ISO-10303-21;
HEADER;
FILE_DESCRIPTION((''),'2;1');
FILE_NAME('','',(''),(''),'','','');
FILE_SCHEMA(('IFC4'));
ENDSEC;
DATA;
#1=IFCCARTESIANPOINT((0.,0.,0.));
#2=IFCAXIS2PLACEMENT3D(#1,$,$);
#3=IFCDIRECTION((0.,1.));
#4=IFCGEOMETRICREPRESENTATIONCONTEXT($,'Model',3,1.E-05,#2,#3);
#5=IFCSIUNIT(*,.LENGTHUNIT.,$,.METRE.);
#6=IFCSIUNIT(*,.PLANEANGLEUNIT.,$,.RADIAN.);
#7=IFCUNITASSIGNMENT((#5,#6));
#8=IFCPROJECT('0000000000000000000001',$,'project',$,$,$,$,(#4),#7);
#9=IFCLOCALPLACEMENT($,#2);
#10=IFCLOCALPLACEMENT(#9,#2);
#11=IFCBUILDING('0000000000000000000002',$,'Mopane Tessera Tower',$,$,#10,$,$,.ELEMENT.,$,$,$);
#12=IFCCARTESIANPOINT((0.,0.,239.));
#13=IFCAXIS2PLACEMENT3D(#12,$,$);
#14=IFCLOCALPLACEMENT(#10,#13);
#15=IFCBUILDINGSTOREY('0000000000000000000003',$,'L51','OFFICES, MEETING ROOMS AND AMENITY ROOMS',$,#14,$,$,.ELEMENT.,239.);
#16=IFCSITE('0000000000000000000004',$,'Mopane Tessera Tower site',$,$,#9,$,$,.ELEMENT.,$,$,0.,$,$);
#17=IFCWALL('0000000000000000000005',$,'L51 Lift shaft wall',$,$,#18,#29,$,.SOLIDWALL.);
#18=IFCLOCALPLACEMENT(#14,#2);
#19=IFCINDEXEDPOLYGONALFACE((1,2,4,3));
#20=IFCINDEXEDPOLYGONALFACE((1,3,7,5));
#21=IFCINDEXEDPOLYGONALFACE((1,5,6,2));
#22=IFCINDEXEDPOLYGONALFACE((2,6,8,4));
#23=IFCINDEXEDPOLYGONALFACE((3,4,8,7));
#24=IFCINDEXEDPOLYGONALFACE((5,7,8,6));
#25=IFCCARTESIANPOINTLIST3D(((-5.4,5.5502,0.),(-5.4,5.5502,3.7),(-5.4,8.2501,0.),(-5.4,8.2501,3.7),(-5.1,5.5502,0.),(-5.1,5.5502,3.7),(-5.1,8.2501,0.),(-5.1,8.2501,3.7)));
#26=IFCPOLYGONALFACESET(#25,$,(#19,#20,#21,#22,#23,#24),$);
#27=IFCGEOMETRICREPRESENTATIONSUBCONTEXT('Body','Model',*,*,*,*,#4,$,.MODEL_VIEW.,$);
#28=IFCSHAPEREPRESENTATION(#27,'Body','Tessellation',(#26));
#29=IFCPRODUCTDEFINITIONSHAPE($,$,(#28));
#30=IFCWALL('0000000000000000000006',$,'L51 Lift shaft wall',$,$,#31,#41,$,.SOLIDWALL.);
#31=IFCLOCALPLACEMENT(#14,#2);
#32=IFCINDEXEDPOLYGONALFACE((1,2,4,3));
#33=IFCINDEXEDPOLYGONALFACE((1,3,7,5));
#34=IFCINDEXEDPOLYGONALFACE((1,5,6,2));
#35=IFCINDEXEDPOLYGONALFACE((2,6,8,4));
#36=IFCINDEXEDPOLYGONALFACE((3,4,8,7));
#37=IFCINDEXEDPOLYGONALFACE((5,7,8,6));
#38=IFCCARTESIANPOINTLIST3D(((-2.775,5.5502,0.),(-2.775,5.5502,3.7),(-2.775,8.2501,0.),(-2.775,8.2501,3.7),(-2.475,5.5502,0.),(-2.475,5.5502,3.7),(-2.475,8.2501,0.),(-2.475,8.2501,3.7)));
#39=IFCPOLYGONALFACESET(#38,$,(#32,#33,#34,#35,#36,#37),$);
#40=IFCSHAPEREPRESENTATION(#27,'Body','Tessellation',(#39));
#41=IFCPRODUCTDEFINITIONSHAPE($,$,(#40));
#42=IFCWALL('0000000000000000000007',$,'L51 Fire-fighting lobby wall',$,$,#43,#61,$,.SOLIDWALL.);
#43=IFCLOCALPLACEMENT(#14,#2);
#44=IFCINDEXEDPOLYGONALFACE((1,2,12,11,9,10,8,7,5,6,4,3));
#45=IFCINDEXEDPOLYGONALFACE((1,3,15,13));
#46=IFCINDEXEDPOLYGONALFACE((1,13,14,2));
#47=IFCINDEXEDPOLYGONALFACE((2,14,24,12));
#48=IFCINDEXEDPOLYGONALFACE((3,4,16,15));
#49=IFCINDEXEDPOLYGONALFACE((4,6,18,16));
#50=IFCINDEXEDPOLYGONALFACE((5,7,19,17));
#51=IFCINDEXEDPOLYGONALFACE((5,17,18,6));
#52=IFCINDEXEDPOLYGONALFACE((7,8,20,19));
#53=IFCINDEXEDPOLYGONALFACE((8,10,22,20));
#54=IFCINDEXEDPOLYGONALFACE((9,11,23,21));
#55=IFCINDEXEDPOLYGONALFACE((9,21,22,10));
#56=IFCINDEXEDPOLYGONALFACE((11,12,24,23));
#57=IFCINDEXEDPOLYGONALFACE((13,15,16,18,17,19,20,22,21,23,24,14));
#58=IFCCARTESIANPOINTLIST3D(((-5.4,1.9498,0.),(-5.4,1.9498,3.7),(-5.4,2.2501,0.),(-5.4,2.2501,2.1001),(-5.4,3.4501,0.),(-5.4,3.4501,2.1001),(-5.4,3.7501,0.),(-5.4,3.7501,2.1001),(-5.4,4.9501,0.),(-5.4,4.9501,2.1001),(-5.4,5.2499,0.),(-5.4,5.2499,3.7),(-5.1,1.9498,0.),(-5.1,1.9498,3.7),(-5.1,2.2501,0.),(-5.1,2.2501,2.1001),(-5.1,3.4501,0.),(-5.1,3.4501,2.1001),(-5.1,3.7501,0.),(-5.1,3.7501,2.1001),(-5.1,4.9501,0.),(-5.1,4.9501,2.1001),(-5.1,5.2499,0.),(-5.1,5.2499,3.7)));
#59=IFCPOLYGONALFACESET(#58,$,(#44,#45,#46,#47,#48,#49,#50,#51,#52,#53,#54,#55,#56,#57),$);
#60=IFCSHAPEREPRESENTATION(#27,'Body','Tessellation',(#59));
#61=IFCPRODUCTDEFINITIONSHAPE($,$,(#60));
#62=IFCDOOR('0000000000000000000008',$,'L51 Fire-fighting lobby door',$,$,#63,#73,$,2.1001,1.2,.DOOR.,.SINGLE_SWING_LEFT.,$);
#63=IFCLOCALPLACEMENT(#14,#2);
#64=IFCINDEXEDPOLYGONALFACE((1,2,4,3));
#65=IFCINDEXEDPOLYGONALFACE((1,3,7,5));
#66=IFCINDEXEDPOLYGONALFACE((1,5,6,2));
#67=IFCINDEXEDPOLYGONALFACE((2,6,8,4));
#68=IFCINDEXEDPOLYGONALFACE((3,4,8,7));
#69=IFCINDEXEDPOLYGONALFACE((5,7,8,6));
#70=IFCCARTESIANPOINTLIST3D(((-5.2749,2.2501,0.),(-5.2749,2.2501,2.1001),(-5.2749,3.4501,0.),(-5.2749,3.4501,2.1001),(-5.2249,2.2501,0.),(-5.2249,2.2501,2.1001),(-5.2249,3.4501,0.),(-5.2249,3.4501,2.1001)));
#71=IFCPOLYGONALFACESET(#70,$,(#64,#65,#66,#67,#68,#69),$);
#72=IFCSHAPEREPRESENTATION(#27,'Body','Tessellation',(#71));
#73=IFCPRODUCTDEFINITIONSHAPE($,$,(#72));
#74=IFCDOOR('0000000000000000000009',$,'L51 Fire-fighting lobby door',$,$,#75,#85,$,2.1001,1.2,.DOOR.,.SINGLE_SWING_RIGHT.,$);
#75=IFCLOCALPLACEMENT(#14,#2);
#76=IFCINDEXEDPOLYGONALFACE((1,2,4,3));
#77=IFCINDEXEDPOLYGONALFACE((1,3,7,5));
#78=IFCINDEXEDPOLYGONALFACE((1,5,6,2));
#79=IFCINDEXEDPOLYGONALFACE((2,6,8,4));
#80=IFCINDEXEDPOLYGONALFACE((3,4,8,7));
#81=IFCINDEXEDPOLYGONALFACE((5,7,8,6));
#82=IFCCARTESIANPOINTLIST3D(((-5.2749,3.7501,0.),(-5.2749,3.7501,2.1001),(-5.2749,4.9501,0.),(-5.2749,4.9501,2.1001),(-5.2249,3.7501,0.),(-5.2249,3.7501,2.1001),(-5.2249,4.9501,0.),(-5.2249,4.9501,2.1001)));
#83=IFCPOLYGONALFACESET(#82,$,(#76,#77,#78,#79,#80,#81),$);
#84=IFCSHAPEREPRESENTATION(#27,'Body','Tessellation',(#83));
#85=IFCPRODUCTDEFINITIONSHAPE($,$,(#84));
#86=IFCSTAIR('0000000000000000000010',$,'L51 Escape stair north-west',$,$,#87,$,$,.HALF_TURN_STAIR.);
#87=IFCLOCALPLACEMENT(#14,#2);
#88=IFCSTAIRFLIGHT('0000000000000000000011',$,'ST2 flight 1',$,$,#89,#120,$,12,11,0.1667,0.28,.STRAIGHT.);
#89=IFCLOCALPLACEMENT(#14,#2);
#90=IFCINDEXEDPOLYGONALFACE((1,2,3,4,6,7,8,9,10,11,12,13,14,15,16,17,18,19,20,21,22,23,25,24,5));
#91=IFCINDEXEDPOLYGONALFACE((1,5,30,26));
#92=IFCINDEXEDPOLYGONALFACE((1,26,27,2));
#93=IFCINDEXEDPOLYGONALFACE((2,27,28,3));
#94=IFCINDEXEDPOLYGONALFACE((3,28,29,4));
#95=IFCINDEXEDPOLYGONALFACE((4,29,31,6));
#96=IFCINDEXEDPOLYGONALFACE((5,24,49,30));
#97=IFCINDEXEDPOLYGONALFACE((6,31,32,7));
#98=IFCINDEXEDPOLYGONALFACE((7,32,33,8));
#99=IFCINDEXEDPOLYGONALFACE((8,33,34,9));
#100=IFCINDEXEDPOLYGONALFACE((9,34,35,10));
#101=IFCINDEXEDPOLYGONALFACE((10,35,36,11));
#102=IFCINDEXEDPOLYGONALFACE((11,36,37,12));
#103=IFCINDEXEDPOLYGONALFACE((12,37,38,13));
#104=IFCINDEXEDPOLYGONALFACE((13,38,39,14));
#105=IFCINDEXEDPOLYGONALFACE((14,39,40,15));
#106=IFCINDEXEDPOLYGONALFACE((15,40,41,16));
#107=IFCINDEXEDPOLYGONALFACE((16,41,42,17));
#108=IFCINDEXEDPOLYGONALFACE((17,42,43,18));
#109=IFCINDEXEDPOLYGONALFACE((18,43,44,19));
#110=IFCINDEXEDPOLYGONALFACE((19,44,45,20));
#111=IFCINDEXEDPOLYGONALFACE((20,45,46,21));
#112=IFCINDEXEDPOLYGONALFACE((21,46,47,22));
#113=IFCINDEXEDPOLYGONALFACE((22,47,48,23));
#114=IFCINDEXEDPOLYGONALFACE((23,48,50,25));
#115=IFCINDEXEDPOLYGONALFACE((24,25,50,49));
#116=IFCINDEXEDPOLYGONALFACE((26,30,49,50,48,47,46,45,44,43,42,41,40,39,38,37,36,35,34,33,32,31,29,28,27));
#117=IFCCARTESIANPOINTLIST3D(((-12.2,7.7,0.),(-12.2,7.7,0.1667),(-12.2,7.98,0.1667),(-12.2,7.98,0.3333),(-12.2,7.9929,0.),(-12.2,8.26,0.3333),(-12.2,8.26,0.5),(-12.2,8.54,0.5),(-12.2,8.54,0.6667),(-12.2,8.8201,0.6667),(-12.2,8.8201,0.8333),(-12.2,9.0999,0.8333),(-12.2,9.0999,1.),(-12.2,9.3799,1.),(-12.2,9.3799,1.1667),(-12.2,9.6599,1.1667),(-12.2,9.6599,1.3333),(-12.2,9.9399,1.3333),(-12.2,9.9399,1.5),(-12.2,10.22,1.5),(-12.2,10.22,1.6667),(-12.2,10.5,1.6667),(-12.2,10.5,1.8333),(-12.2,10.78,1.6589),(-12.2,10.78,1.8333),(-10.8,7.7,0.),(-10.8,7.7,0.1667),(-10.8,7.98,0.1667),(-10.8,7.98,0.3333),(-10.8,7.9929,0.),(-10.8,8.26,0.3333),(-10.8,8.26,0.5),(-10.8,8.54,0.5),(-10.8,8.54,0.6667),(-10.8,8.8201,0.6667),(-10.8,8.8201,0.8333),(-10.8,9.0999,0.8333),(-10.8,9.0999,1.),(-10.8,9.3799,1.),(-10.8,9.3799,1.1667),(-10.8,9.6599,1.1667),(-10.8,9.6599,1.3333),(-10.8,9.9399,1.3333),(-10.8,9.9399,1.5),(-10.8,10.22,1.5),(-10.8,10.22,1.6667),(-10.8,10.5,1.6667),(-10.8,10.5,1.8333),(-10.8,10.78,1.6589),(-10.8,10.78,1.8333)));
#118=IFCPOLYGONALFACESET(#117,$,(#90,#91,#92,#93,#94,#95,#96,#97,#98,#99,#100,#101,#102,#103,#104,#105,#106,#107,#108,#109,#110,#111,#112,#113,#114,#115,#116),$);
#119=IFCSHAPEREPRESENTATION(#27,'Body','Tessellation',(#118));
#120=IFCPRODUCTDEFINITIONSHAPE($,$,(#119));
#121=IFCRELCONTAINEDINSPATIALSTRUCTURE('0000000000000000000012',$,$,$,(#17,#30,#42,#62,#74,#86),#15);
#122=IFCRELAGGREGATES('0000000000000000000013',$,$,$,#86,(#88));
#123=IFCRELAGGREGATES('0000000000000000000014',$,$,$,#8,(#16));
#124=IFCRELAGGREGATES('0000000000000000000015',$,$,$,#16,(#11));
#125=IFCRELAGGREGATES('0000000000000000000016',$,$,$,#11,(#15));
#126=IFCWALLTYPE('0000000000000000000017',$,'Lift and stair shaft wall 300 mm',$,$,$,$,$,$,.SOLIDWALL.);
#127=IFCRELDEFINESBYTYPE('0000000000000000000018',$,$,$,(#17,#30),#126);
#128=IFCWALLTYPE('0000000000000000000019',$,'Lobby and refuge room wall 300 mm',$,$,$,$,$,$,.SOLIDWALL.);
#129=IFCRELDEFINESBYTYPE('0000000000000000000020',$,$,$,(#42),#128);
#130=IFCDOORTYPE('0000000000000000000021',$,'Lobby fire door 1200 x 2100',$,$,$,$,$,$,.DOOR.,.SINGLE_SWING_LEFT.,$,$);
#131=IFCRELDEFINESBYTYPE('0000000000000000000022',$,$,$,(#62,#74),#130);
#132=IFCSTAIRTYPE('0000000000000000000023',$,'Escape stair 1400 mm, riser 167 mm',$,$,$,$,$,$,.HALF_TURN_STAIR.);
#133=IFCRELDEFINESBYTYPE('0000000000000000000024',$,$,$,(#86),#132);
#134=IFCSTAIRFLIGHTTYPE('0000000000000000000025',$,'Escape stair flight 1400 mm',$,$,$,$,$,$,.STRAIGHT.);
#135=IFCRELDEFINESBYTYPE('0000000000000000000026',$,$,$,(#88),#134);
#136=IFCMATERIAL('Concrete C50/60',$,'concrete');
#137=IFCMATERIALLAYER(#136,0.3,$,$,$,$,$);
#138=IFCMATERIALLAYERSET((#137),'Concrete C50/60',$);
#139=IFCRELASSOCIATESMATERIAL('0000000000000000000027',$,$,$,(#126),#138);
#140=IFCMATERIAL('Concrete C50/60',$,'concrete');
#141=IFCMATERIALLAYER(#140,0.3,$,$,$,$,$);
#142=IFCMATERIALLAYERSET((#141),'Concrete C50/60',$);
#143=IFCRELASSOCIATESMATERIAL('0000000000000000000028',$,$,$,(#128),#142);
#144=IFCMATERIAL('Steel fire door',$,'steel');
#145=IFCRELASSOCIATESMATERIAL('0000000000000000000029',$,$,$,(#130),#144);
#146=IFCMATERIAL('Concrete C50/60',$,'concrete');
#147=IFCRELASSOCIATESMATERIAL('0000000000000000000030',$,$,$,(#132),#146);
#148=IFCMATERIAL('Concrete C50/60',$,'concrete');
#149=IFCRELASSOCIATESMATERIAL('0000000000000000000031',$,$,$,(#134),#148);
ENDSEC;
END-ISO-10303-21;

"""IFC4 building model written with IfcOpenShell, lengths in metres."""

from ifc_helpers import new_model, si_unit, direction, frame, frame_2d, origin, place, context, subcontext, project, spatial, polyline, rectangle, outline, extrude, material, layer, layer_set, type_object, element, fill, aggregate, save


model = new_model("IFC4")

# Units and contexts
model_context = context("Model", 3, precision=1e-05, world=origin(), true_north=direction((0.0, 1.0)))
body_context = subcontext(model_context, "Body", "Model", "MODEL_VIEW")
ifc_project = project(units=[si_unit("LENGTHUNIT", "METRE"), si_unit("PLANEANGLEUNIT", "RADIAN")], contexts=[model_context])

# Site, building, storey
site_placement = place(None, origin())
site = spatial("IfcSite", under=ifc_project, at=site_placement, Name="Mopane Tessera Tower site", CompositionType="ELEMENT", RefElevation=0.0)
building_placement = place(site_placement, origin())
building = spatial("IfcBuilding", under=site, at=building_placement, Name="Mopane Tessera Tower", CompositionType="ELEMENT")
storey_placement = place(building_placement, frame((0.0, 0.0, 239.0)))
storey = spatial("IfcBuildingStorey", under=building, at=storey_placement, Name="L51", Description="OFFICES, MEETING ROOMS AND AMENITY ROOMS", CompositionType="ELEMENT", Elevation=239.0)

# Shared definitions
ifc_material_1 = material(Name="Concrete C50/60", Category="concrete")
ifc_layer_1 = layer(ifc_material_1, 0.3)
ifc_layer_set_1 = layer_set([ifc_layer_1], Name="Concrete C50/60")
wall_type_1 = type_object("IfcWallType", Name="Lift and stair shaft wall 300 mm", PredefinedType="SOLIDWALL", material=ifc_layer_set_1)

# Walls
for number, where, z_axis, x_axis, name in (
    (1, (-5.25, 5.55, 0.0), (0.0, 0.0, 1.0), (0.0, 1.0, 0.0), "L51 Lift shaft wall"),
    (2, (-2.625, 5.55, 0.0), (0.0, 0.0, 1.0), (0.0, 1.0, 0.0), "L51 Lift shaft wall"),
):
    element("IfcWall", number, at=place(storey_placement, frame(where, z_axis=z_axis, x_axis=x_axis)), inside=storey, type_object=wall_type_1, Name=name, PredefinedType="SOLIDWALL", context=body_context, shape_type="SweptSolid", body=[
        extrude(rectangle(XDim=2.7, YDim=0.3, at=frame_2d((1.3501, 0.0))), origin(), (0.0, 0.0, 1.0), 3.7),
    ])

# Wall, openings, doors
ifc_material_2 = material(Name="Concrete C50/60", Category="concrete")
ifc_layer_2 = layer(ifc_material_2, 0.3)
ifc_layer_set_2 = layer_set([ifc_layer_2], Name="Concrete C50/60")
wall_type_2 = type_object("IfcWallType", Name="Lobby and refuge room wall 300 mm", PredefinedType="SOLIDWALL", material=ifc_layer_set_2)
wall_1_placement = place(storey_placement, frame((-5.25, 1.95, 0.0), z_axis=(0.0, 0.0, 1.0), x_axis=(0.0, 1.0, 0.0)))
wall_1 = element("IfcWall", 3, at=wall_1_placement, inside=storey, type_object=wall_type_2, Name="L51 Fire-fighting lobby wall", PredefinedType="SOLIDWALL", context=body_context, shape_type="SweptSolid", body=[
    extrude(rectangle(XDim=3.3, YDim=0.3, at=frame_2d((1.6499, 0.0))), origin(), (0.0, 0.0, 1.0), 3.7),
])
opening_1_placement = place(wall_1_placement, frame((0.3, 0.0, 0.0)))
opening_1 = element("IfcOpeningElement", 4, at=opening_1_placement, cuts=wall_1, PredefinedType="OPENING", context=body_context, shape_type="SweptSolid", body=[
    extrude(rectangle(XDim=1.2, YDim=2.1001, at=frame_2d((0.6001, 1.05))), frame((0.0, 0.1621, 0.0), z_axis=(0.0, -1.0, 0.0), x_axis=(1.0, 0.0, 0.0)), (0.0, 0.0, 1.0), 0.324),
])
opening_2_placement = place(wall_1_placement, frame((1.8, 0.0, 0.0)))
opening_2 = element("IfcOpeningElement", 5, at=opening_2_placement, cuts=wall_1, PredefinedType="OPENING", context=body_context, shape_type="SweptSolid", body=[
    extrude(rectangle(XDim=1.2, YDim=2.1001, at=frame_2d((0.6001, 1.05))), frame((0.0, 0.1621, 0.0), z_axis=(0.0, -1.0, 0.0), x_axis=(1.0, 0.0, 0.0)), (0.0, 0.0, 1.0), 0.324),
])
ifc_material_3 = material(Name="Steel fire door", Category="steel")
door_type_1 = type_object("IfcDoorType", Name="Lobby fire door 1200 x 2100", OperationType="SINGLE_SWING_LEFT", PredefinedType="DOOR", material=ifc_material_3)
door_1_placement = place(opening_1_placement, origin())
door_1 = element("IfcDoor", 6, at=door_1_placement, inside=storey, type_object=door_type_1, Name="L51 Fire-fighting lobby door", OperationType="SINGLE_SWING_LEFT", OverallHeight=2.1001, OverallWidth=1.2, PredefinedType="DOOR", context=body_context, shape_type="SweptSolid", body=[
    extrude(rectangle(XDim=1.2, YDim=2.1001, at=frame_2d((0.6001, 1.05))), frame((0.0, 0.0249, 0.0), z_axis=(0.0, -1.0, 0.0), x_axis=(1.0, 0.0, 0.0)), (0.0, 0.0, 1.0), 0.05),
])
fill(opening_1, door_1)
door_2_placement = place(opening_2_placement, origin())
door_2 = element("IfcDoor", 7, at=door_2_placement, inside=storey, type_object=door_type_1, Name="L51 Fire-fighting lobby door", OperationType="SINGLE_SWING_RIGHT", OverallHeight=2.1001, OverallWidth=1.2, PredefinedType="DOOR", context=body_context, shape_type="SweptSolid", body=[
    extrude(rectangle(XDim=1.2, YDim=2.1001, at=frame_2d((0.6001, 1.05))), frame((0.0, 0.0249, 0.0), z_axis=(0.0, -1.0, 0.0), x_axis=(1.0, 0.0, 0.0)), (0.0, 0.0, 1.0), 0.05),
])
fill(opening_2, door_2)

# Stair, stair flight
ifc_material_4 = material(Name="Concrete C50/60", Category="concrete")
stair_type = type_object("IfcStairType", Name="Escape stair 1400 mm, riser 167 mm", PredefinedType="HALF_TURN_STAIR", material=ifc_material_4)
stair_placement = place(storey_placement, origin())
stair = element("IfcStair", 8, at=stair_placement, inside=storey, type_object=stair_type, Name="L51 Escape stair north-west", PredefinedType="HALF_TURN_STAIR")
ifc_material_5 = material(Name="Concrete C50/60", Category="concrete")
stair_flight_type = type_object("IfcStairFlightType", Name="Escape stair flight 1400 mm", PredefinedType="STRAIGHT", material=ifc_material_5)
stair_flight_placement = place(storey_placement, frame((-11.5, 7.7, 0.0), z_axis=(0.0, 0.0, 1.0), x_axis=(0.0, 1.0, 0.0)))
stair_flight = element("IfcStairFlight", 9, at=stair_flight_placement, type_object=stair_flight_type, Name="ST2 flight 1", NumberOfRisers=12, NumberOfTreads=11, PredefinedType="STRAIGHT", RiserHeight=0.1667, TreadLength=0.28, context=body_context, shape_type="SweptSolid", body=[
    extrude(outline(polyline([(0.0, 0.0), (0.0, 0.1667), (0.28, 0.1667), (0.28, 0.3333), (0.5601, 0.3333), (0.5601, 0.5), (0.8401, 0.5), (0.8401, 0.6667), (1.1201, 0.6667), (1.1201, 0.8333), (1.3999, 0.8333), (1.3999, 1.0), (1.6799, 1.0), (1.6799, 1.1667), (1.96, 1.1667), (1.96, 1.3333), (2.24, 1.3333), (2.24, 1.5), (2.52, 1.5), (2.52, 1.6667), (2.8, 1.6667), (2.8, 1.8333), (3.0801, 1.8333), (3.0801, 2.0), (3.0801, 1.6589), (0.293, 0.0), (0.0, 0.0)])), frame((0.0, 0.7, 0.0), z_axis=(0.0, -1.0, 0.0), x_axis=(1.0, 0.0, 0.0)), (0.0, 0.0, 1.0), 1.3999),
])
aggregate(stair, [stair_flight])

save(model, "model.ifc")
